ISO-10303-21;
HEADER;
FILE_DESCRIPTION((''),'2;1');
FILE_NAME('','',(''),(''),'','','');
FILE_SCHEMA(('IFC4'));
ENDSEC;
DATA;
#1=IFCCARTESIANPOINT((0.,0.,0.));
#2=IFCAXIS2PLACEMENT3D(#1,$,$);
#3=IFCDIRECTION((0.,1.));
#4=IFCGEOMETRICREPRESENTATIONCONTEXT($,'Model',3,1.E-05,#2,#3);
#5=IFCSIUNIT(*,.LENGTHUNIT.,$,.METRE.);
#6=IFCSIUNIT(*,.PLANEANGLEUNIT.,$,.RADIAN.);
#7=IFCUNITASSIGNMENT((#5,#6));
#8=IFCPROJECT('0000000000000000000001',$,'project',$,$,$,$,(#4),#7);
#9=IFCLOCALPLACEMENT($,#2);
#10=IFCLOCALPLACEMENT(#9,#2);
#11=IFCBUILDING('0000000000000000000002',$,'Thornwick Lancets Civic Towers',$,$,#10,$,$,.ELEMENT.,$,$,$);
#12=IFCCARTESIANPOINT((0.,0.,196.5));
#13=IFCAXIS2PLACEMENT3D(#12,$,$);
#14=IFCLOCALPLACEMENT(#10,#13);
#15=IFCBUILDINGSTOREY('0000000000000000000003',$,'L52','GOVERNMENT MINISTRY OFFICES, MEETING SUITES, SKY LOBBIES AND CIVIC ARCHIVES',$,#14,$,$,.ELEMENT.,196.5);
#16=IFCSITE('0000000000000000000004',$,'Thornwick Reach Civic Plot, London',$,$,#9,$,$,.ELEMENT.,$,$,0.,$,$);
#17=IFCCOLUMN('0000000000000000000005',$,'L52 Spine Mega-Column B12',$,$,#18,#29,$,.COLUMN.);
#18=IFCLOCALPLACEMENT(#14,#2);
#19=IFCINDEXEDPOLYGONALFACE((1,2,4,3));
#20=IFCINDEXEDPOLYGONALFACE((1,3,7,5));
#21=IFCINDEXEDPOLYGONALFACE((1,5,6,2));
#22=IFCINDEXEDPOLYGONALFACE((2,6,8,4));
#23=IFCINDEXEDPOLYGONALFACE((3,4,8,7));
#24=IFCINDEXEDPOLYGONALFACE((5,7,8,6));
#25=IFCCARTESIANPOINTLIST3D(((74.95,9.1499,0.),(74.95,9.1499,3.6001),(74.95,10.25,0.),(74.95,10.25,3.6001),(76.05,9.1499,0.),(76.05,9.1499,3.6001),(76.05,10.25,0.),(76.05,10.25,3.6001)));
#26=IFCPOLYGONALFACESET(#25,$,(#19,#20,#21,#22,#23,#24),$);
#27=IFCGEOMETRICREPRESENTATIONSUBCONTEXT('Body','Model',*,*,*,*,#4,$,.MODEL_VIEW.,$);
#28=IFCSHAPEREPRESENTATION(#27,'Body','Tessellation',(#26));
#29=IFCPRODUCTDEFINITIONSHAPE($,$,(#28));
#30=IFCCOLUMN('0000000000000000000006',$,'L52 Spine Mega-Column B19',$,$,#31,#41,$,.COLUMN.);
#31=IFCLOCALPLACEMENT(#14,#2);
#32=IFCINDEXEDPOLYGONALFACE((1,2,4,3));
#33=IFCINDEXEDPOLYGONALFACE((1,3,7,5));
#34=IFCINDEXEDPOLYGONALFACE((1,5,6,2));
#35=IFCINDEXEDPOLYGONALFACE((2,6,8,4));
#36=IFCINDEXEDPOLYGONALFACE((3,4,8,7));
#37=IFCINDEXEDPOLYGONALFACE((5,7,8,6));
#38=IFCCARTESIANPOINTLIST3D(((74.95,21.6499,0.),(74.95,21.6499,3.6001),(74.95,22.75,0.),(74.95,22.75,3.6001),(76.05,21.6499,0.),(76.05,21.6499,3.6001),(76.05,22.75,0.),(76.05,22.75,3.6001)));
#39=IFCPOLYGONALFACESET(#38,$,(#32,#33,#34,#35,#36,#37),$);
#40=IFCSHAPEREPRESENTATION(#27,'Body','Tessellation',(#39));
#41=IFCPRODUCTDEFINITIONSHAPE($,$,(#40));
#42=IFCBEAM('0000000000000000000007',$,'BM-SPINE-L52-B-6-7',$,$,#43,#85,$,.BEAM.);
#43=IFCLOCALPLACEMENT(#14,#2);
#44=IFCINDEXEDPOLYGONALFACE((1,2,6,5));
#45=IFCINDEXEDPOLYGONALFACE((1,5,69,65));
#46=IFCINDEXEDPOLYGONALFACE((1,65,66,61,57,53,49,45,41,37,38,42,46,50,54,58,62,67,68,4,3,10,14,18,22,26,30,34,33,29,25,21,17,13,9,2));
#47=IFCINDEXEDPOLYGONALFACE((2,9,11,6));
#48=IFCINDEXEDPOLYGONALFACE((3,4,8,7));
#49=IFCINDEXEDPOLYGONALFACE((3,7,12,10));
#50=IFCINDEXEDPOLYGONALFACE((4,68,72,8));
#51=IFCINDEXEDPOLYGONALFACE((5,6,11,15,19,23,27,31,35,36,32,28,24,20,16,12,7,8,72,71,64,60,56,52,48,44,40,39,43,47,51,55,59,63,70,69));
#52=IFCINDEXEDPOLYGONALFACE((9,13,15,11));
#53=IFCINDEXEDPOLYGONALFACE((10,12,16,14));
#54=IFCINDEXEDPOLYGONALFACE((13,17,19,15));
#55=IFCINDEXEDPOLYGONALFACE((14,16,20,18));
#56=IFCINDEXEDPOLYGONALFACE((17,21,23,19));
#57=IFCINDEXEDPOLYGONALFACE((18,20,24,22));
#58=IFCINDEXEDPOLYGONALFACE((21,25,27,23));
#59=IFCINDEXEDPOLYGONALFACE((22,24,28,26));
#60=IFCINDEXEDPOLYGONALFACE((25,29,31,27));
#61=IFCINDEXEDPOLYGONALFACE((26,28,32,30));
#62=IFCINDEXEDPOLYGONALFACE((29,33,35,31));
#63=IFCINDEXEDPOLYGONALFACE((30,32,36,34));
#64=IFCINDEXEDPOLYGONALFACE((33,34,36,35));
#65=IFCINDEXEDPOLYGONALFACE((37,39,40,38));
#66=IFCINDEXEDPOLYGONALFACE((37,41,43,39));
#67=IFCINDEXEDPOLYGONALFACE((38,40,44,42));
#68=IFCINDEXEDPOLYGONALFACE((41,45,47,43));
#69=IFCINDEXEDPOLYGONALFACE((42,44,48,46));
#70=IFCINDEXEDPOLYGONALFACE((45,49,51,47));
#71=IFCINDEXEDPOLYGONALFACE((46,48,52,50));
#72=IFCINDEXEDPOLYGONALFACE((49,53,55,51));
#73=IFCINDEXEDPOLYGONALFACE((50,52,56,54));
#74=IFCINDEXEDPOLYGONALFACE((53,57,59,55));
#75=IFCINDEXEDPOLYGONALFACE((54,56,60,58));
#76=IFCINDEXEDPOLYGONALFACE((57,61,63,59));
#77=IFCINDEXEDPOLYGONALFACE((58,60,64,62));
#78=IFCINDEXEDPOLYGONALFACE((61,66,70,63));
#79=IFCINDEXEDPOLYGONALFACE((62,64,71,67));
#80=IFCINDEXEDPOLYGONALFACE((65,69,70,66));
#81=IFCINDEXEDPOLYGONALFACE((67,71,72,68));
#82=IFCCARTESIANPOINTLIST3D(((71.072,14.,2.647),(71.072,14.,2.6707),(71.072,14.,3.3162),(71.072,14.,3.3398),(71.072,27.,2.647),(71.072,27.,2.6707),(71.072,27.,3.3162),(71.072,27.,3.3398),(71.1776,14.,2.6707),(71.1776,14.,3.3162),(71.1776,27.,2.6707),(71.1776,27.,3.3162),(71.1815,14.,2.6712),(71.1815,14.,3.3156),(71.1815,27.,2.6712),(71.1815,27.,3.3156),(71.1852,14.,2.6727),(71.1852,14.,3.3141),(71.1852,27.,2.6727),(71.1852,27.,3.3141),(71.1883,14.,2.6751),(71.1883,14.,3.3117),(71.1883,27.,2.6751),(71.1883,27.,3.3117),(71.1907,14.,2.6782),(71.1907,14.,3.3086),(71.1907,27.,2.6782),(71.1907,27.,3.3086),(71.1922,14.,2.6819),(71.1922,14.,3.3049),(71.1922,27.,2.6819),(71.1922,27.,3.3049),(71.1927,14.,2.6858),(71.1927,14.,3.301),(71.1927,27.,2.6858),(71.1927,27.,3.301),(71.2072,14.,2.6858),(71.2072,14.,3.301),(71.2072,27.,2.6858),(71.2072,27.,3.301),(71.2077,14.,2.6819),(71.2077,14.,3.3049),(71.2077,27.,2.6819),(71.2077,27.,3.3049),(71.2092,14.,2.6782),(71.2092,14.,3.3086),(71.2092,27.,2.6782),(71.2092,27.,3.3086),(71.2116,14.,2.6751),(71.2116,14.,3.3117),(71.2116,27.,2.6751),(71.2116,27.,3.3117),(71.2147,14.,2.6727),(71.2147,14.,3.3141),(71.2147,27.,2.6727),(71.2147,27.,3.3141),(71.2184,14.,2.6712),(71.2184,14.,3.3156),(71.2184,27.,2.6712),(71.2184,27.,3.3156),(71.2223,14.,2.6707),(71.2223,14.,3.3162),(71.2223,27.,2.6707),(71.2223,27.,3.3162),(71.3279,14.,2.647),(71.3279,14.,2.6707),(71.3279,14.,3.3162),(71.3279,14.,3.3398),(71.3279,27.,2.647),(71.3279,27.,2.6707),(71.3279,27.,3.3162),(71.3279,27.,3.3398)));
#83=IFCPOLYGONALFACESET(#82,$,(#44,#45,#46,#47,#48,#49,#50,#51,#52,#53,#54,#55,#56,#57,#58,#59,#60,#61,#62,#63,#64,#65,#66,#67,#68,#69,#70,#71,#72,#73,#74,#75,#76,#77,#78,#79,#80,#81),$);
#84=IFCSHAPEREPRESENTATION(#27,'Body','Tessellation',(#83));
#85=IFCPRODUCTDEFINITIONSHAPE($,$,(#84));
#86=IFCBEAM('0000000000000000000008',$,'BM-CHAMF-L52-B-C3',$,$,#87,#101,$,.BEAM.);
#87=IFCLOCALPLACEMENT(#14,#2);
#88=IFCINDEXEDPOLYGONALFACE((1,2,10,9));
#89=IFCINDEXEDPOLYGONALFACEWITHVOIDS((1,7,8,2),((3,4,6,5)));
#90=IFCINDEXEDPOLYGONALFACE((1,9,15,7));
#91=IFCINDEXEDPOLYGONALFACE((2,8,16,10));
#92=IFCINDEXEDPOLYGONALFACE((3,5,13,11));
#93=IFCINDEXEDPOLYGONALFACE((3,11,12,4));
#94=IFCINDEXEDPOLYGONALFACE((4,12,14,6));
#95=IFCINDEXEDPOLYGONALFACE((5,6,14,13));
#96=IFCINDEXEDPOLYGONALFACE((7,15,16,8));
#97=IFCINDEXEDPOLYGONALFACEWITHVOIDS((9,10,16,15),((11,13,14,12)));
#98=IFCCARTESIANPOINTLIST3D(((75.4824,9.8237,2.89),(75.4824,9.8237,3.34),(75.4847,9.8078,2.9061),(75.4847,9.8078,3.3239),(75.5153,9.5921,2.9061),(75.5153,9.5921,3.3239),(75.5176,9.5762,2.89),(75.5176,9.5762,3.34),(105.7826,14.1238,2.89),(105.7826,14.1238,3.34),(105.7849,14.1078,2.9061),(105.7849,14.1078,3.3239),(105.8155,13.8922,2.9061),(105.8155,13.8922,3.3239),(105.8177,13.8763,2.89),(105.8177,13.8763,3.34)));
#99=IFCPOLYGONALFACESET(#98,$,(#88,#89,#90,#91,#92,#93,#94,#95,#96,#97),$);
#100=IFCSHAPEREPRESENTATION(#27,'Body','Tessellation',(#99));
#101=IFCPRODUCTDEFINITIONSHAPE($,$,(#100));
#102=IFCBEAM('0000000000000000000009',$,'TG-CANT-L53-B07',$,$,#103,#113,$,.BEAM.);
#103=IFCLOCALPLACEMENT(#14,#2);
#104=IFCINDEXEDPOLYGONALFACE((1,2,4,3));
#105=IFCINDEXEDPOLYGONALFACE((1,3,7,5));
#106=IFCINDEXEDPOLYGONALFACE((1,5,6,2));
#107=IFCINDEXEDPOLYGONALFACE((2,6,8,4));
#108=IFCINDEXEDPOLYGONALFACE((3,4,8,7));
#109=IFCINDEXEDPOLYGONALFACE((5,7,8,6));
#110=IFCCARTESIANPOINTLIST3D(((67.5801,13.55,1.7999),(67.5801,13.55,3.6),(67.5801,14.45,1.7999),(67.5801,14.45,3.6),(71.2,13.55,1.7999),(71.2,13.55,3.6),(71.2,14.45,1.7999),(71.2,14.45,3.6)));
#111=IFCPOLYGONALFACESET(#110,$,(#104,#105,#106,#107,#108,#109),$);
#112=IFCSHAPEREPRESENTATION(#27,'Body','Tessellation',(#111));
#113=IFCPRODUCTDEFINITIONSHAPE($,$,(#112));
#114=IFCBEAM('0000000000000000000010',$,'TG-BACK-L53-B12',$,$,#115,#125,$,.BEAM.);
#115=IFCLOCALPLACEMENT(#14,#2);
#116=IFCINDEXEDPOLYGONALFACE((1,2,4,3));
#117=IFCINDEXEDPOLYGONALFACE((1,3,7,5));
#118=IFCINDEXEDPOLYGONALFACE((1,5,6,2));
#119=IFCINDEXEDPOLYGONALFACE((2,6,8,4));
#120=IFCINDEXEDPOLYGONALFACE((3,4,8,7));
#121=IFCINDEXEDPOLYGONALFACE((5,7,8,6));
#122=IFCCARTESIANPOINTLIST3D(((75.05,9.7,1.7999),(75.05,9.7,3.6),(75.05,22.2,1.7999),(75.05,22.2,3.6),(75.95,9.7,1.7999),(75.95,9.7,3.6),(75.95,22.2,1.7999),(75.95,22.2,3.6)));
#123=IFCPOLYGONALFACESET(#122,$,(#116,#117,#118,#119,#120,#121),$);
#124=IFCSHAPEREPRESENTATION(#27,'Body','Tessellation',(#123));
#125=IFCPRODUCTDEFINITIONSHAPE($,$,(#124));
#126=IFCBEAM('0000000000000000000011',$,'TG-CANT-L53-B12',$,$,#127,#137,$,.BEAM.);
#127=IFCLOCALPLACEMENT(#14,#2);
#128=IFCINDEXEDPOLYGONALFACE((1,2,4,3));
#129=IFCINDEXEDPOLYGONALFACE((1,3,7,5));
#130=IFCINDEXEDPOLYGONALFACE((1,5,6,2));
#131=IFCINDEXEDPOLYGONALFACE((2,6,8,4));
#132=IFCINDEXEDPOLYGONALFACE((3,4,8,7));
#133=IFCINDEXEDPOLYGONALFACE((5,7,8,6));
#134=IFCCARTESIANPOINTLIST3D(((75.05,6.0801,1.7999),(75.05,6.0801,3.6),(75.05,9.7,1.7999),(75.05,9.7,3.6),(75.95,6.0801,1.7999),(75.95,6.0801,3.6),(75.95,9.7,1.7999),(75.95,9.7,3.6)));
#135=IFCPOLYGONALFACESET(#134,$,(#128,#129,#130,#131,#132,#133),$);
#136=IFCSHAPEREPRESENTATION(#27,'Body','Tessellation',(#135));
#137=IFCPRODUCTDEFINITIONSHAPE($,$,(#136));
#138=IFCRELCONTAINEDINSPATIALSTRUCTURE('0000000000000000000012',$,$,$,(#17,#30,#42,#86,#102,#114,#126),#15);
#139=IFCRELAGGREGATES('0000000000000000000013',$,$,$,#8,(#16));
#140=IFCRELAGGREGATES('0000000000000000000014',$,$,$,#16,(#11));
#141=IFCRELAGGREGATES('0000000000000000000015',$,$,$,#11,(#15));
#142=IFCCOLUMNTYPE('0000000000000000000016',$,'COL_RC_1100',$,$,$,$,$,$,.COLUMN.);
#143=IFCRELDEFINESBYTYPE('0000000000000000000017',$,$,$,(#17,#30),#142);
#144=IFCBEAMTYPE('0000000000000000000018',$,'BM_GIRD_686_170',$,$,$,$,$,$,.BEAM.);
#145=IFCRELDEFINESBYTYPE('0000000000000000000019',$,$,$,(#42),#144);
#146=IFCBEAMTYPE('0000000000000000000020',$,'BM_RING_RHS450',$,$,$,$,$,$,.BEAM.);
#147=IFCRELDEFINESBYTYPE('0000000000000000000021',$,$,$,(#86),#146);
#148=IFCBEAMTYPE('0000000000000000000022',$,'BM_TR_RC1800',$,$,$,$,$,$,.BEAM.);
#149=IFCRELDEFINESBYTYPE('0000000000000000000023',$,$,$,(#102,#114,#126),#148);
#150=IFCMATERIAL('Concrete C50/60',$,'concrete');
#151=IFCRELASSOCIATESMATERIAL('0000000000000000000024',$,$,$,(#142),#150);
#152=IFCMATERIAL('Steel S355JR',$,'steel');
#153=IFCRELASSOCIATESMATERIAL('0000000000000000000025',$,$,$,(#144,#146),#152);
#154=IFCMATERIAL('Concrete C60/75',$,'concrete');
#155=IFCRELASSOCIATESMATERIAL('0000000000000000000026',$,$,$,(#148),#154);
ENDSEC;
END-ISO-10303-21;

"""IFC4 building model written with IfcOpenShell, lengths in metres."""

from ifc_helpers import new_model, si_unit, direction, frame, origin, origin_2d, place, context, subcontext, project, spatial, rectangle, hollow_rectangle, i_section, extrude, material, material_profile, profile_set, type_object, element, save


model = new_model("IFC4")

# Units and contexts
model_context = context("Model", 3, precision=1e-05, world=origin(), true_north=direction((0.0, 1.0)))
body_context = subcontext(model_context, "Body", "Model", "MODEL_VIEW")
ifc_project = project(units=[si_unit("LENGTHUNIT", "METRE"), si_unit("PLANEANGLEUNIT", "RADIAN")], contexts=[model_context])

# Site, building, storey
site_placement = place(None, origin())
site = spatial("IfcSite", under=ifc_project, at=site_placement, Name="Thornwick Reach Civic Plot, London", CompositionType="ELEMENT", RefElevation=0.0)
building_placement = place(site_placement, origin())
building = spatial("IfcBuilding", under=site, at=building_placement, Name="Thornwick Lancets Civic Towers", CompositionType="ELEMENT")
storey_placement = place(building_placement, frame((0.0, 0.0, 196.5)))
storey = spatial("IfcBuildingStorey", under=building, at=storey_placement, Name="L52", Description="GOVERNMENT MINISTRY OFFICES, MEETING SUITES, SKY LOBBIES AND CIVIC ARCHIVES", CompositionType="ELEMENT", Elevation=196.5)

# Columns
ifc_material_1 = material(Name="Concrete C50/60", Category="concrete")
ifc_material_profile_1 = material_profile(ifc_material_1, rectangle(XDim=1.1001, YDim=1.1001, at=origin_2d()), Name="RC 1100x1100")
ifc_profile_set_1 = profile_set([ifc_material_profile_1], Name="Concrete C50/60")
column_type = type_object("IfcColumnType", Name="COL_RC_1100", PredefinedType="COLUMN", material=ifc_profile_set_1)
for number, where, z_axis, x_axis, name in (
    (1, (75.5, 9.7, 0.0), (0.0, 0.0, 1.0), (1.0, 0.0, 0.0), "L52 Spine Mega-Column B12"),
    (2, (75.5, 22.2, 0.0), (0.0, 0.0, 1.0), (1.0, 0.0, 0.0), "L52 Spine Mega-Column B19"),
):
    element("IfcColumn", number, at=place(storey_placement, frame(where, z_axis=z_axis, x_axis=x_axis)), inside=storey, type_object=column_type, Name=name, PredefinedType="COLUMN", context=body_context, shape_type="SweptSolid", body=[
        extrude(rectangle(XDim=1.1001, YDim=1.1001, at=origin_2d()), origin(), (0.0, 0.0, 1.0), 3.6001),
    ])

# Beams
ifc_material_2 = material(Name="Steel S355JR", Category="steel")
ifc_material_profile_2 = material_profile(ifc_material_2, i_section(OverallWidth=0.2559, OverallDepth=0.6929, WebThickness=0.0144, FlangeThickness=0.0237, FilletRadius=0.0151, at=origin_2d()), Name="UKB 686x254x170")
ifc_profile_set_2 = profile_set([ifc_material_profile_2], Name="Steel S355JR")
beam_type_1 = type_object("IfcBeamType", Name="BM_GIRD_686_170", PredefinedType="BEAM", material=ifc_profile_set_2)
beam_1_placement = place(storey_placement, frame((71.2, 14.0, 2.9934), z_axis=(0.0, 1.0, 0.0), x_axis=(-1.0, 0.0, 0.0)))
element("IfcBeam", 3, at=beam_1_placement, inside=storey, type_object=beam_type_1, Name="BM-SPINE-L52-B-6-7", PredefinedType="BEAM", context=body_context, shape_type="SweptSolid", body=[
    extrude(i_section(OverallWidth=0.2559, OverallDepth=0.6929, WebThickness=0.0144, FlangeThickness=0.0237, FilletRadius=0.0151, at=origin_2d()), origin(), (0.0, 0.0, 1.0), 13.0),
])
ifc_material_profile_3 = material_profile(ifc_material_2, hollow_rectangle(XDim=0.25, YDim=0.45, WallThickness=0.0161, at=origin_2d()), Name="RHS 450x250x16")
ifc_profile_set_3 = profile_set([ifc_material_profile_3], Name="Steel S355JR")
beam_type_2 = type_object("IfcBeamType", Name="BM_RING_RHS450", PredefinedType="BEAM", material=ifc_profile_set_3)
beam_2_placement = place(storey_placement, frame((75.5, 9.7, 3.115), z_axis=(0.99008, 0.140508, 0.0), x_axis=(-0.140508, 0.99008, 0.0)))
element("IfcBeam", 4, at=beam_2_placement, inside=storey, type_object=beam_type_2, Name="BM-CHAMF-L52-B-C3", PredefinedType="BEAM", context=body_context, shape_type="SweptSolid", body=[
    extrude(hollow_rectangle(XDim=0.25, YDim=0.45, WallThickness=0.0161, at=origin_2d()), origin(), (0.0, 0.0, 1.0), 30.6038),
])
ifc_material_3 = material(Name="Concrete C60/75", Category="concrete")
ifc_material_profile_4 = material_profile(ifc_material_3, rectangle(XDim=0.8999, YDim=1.8, at=origin_2d()), Name="RC 900x1800")
ifc_profile_set_4 = profile_set([ifc_material_profile_4], Name="Concrete C60/75")
beam_type_3 = type_object("IfcBeamType", Name="BM_TR_RC1800", PredefinedType="BEAM", material=ifc_profile_set_4)
beam_3_placement = place(storey_placement, frame((71.2, 14.0, 2.7), z_axis=(-1.0, 0.0, 0.0), x_axis=(0.0, -1.0, 0.0)))
element("IfcBeam", 5, at=beam_3_placement, inside=storey, type_object=beam_type_3, Name="TG-CANT-L53-B07", PredefinedType="BEAM", context=body_context, shape_type="SweptSolid", body=[
    extrude(rectangle(XDim=0.8999, YDim=1.8, at=origin_2d()), origin(), (0.0, 0.0, 1.0), 3.6199),
])
beam_4_placement = place(storey_placement, frame((75.5, 22.2, 2.7), z_axis=(0.0, -1.0, 0.0), x_axis=(1.0, 0.0, 0.0)))
element("IfcBeam", 6, at=beam_4_placement, inside=storey, type_object=beam_type_3, Name="TG-BACK-L53-B12", PredefinedType="BEAM", context=body_context, shape_type="SweptSolid", body=[
    extrude(rectangle(XDim=0.8999, YDim=1.8, at=origin_2d()), origin(), (0.0, 0.0, 1.0), 12.5),
])
beam_5_placement = place(storey_placement, frame((75.5, 9.7, 2.7), z_axis=(0.0, -1.0, 0.0), x_axis=(1.0, 0.0, 0.0)))
element("IfcBeam", 7, at=beam_5_placement, inside=storey, type_object=beam_type_3, Name="TG-CANT-L53-B12", PredefinedType="BEAM", context=body_context, shape_type="SweptSolid", body=[
    extrude(rectangle(XDim=0.8999, YDim=1.8, at=origin_2d()), origin(), (0.0, 0.0, 1.0), 3.6199),
])

save(model, "model.ifc")
